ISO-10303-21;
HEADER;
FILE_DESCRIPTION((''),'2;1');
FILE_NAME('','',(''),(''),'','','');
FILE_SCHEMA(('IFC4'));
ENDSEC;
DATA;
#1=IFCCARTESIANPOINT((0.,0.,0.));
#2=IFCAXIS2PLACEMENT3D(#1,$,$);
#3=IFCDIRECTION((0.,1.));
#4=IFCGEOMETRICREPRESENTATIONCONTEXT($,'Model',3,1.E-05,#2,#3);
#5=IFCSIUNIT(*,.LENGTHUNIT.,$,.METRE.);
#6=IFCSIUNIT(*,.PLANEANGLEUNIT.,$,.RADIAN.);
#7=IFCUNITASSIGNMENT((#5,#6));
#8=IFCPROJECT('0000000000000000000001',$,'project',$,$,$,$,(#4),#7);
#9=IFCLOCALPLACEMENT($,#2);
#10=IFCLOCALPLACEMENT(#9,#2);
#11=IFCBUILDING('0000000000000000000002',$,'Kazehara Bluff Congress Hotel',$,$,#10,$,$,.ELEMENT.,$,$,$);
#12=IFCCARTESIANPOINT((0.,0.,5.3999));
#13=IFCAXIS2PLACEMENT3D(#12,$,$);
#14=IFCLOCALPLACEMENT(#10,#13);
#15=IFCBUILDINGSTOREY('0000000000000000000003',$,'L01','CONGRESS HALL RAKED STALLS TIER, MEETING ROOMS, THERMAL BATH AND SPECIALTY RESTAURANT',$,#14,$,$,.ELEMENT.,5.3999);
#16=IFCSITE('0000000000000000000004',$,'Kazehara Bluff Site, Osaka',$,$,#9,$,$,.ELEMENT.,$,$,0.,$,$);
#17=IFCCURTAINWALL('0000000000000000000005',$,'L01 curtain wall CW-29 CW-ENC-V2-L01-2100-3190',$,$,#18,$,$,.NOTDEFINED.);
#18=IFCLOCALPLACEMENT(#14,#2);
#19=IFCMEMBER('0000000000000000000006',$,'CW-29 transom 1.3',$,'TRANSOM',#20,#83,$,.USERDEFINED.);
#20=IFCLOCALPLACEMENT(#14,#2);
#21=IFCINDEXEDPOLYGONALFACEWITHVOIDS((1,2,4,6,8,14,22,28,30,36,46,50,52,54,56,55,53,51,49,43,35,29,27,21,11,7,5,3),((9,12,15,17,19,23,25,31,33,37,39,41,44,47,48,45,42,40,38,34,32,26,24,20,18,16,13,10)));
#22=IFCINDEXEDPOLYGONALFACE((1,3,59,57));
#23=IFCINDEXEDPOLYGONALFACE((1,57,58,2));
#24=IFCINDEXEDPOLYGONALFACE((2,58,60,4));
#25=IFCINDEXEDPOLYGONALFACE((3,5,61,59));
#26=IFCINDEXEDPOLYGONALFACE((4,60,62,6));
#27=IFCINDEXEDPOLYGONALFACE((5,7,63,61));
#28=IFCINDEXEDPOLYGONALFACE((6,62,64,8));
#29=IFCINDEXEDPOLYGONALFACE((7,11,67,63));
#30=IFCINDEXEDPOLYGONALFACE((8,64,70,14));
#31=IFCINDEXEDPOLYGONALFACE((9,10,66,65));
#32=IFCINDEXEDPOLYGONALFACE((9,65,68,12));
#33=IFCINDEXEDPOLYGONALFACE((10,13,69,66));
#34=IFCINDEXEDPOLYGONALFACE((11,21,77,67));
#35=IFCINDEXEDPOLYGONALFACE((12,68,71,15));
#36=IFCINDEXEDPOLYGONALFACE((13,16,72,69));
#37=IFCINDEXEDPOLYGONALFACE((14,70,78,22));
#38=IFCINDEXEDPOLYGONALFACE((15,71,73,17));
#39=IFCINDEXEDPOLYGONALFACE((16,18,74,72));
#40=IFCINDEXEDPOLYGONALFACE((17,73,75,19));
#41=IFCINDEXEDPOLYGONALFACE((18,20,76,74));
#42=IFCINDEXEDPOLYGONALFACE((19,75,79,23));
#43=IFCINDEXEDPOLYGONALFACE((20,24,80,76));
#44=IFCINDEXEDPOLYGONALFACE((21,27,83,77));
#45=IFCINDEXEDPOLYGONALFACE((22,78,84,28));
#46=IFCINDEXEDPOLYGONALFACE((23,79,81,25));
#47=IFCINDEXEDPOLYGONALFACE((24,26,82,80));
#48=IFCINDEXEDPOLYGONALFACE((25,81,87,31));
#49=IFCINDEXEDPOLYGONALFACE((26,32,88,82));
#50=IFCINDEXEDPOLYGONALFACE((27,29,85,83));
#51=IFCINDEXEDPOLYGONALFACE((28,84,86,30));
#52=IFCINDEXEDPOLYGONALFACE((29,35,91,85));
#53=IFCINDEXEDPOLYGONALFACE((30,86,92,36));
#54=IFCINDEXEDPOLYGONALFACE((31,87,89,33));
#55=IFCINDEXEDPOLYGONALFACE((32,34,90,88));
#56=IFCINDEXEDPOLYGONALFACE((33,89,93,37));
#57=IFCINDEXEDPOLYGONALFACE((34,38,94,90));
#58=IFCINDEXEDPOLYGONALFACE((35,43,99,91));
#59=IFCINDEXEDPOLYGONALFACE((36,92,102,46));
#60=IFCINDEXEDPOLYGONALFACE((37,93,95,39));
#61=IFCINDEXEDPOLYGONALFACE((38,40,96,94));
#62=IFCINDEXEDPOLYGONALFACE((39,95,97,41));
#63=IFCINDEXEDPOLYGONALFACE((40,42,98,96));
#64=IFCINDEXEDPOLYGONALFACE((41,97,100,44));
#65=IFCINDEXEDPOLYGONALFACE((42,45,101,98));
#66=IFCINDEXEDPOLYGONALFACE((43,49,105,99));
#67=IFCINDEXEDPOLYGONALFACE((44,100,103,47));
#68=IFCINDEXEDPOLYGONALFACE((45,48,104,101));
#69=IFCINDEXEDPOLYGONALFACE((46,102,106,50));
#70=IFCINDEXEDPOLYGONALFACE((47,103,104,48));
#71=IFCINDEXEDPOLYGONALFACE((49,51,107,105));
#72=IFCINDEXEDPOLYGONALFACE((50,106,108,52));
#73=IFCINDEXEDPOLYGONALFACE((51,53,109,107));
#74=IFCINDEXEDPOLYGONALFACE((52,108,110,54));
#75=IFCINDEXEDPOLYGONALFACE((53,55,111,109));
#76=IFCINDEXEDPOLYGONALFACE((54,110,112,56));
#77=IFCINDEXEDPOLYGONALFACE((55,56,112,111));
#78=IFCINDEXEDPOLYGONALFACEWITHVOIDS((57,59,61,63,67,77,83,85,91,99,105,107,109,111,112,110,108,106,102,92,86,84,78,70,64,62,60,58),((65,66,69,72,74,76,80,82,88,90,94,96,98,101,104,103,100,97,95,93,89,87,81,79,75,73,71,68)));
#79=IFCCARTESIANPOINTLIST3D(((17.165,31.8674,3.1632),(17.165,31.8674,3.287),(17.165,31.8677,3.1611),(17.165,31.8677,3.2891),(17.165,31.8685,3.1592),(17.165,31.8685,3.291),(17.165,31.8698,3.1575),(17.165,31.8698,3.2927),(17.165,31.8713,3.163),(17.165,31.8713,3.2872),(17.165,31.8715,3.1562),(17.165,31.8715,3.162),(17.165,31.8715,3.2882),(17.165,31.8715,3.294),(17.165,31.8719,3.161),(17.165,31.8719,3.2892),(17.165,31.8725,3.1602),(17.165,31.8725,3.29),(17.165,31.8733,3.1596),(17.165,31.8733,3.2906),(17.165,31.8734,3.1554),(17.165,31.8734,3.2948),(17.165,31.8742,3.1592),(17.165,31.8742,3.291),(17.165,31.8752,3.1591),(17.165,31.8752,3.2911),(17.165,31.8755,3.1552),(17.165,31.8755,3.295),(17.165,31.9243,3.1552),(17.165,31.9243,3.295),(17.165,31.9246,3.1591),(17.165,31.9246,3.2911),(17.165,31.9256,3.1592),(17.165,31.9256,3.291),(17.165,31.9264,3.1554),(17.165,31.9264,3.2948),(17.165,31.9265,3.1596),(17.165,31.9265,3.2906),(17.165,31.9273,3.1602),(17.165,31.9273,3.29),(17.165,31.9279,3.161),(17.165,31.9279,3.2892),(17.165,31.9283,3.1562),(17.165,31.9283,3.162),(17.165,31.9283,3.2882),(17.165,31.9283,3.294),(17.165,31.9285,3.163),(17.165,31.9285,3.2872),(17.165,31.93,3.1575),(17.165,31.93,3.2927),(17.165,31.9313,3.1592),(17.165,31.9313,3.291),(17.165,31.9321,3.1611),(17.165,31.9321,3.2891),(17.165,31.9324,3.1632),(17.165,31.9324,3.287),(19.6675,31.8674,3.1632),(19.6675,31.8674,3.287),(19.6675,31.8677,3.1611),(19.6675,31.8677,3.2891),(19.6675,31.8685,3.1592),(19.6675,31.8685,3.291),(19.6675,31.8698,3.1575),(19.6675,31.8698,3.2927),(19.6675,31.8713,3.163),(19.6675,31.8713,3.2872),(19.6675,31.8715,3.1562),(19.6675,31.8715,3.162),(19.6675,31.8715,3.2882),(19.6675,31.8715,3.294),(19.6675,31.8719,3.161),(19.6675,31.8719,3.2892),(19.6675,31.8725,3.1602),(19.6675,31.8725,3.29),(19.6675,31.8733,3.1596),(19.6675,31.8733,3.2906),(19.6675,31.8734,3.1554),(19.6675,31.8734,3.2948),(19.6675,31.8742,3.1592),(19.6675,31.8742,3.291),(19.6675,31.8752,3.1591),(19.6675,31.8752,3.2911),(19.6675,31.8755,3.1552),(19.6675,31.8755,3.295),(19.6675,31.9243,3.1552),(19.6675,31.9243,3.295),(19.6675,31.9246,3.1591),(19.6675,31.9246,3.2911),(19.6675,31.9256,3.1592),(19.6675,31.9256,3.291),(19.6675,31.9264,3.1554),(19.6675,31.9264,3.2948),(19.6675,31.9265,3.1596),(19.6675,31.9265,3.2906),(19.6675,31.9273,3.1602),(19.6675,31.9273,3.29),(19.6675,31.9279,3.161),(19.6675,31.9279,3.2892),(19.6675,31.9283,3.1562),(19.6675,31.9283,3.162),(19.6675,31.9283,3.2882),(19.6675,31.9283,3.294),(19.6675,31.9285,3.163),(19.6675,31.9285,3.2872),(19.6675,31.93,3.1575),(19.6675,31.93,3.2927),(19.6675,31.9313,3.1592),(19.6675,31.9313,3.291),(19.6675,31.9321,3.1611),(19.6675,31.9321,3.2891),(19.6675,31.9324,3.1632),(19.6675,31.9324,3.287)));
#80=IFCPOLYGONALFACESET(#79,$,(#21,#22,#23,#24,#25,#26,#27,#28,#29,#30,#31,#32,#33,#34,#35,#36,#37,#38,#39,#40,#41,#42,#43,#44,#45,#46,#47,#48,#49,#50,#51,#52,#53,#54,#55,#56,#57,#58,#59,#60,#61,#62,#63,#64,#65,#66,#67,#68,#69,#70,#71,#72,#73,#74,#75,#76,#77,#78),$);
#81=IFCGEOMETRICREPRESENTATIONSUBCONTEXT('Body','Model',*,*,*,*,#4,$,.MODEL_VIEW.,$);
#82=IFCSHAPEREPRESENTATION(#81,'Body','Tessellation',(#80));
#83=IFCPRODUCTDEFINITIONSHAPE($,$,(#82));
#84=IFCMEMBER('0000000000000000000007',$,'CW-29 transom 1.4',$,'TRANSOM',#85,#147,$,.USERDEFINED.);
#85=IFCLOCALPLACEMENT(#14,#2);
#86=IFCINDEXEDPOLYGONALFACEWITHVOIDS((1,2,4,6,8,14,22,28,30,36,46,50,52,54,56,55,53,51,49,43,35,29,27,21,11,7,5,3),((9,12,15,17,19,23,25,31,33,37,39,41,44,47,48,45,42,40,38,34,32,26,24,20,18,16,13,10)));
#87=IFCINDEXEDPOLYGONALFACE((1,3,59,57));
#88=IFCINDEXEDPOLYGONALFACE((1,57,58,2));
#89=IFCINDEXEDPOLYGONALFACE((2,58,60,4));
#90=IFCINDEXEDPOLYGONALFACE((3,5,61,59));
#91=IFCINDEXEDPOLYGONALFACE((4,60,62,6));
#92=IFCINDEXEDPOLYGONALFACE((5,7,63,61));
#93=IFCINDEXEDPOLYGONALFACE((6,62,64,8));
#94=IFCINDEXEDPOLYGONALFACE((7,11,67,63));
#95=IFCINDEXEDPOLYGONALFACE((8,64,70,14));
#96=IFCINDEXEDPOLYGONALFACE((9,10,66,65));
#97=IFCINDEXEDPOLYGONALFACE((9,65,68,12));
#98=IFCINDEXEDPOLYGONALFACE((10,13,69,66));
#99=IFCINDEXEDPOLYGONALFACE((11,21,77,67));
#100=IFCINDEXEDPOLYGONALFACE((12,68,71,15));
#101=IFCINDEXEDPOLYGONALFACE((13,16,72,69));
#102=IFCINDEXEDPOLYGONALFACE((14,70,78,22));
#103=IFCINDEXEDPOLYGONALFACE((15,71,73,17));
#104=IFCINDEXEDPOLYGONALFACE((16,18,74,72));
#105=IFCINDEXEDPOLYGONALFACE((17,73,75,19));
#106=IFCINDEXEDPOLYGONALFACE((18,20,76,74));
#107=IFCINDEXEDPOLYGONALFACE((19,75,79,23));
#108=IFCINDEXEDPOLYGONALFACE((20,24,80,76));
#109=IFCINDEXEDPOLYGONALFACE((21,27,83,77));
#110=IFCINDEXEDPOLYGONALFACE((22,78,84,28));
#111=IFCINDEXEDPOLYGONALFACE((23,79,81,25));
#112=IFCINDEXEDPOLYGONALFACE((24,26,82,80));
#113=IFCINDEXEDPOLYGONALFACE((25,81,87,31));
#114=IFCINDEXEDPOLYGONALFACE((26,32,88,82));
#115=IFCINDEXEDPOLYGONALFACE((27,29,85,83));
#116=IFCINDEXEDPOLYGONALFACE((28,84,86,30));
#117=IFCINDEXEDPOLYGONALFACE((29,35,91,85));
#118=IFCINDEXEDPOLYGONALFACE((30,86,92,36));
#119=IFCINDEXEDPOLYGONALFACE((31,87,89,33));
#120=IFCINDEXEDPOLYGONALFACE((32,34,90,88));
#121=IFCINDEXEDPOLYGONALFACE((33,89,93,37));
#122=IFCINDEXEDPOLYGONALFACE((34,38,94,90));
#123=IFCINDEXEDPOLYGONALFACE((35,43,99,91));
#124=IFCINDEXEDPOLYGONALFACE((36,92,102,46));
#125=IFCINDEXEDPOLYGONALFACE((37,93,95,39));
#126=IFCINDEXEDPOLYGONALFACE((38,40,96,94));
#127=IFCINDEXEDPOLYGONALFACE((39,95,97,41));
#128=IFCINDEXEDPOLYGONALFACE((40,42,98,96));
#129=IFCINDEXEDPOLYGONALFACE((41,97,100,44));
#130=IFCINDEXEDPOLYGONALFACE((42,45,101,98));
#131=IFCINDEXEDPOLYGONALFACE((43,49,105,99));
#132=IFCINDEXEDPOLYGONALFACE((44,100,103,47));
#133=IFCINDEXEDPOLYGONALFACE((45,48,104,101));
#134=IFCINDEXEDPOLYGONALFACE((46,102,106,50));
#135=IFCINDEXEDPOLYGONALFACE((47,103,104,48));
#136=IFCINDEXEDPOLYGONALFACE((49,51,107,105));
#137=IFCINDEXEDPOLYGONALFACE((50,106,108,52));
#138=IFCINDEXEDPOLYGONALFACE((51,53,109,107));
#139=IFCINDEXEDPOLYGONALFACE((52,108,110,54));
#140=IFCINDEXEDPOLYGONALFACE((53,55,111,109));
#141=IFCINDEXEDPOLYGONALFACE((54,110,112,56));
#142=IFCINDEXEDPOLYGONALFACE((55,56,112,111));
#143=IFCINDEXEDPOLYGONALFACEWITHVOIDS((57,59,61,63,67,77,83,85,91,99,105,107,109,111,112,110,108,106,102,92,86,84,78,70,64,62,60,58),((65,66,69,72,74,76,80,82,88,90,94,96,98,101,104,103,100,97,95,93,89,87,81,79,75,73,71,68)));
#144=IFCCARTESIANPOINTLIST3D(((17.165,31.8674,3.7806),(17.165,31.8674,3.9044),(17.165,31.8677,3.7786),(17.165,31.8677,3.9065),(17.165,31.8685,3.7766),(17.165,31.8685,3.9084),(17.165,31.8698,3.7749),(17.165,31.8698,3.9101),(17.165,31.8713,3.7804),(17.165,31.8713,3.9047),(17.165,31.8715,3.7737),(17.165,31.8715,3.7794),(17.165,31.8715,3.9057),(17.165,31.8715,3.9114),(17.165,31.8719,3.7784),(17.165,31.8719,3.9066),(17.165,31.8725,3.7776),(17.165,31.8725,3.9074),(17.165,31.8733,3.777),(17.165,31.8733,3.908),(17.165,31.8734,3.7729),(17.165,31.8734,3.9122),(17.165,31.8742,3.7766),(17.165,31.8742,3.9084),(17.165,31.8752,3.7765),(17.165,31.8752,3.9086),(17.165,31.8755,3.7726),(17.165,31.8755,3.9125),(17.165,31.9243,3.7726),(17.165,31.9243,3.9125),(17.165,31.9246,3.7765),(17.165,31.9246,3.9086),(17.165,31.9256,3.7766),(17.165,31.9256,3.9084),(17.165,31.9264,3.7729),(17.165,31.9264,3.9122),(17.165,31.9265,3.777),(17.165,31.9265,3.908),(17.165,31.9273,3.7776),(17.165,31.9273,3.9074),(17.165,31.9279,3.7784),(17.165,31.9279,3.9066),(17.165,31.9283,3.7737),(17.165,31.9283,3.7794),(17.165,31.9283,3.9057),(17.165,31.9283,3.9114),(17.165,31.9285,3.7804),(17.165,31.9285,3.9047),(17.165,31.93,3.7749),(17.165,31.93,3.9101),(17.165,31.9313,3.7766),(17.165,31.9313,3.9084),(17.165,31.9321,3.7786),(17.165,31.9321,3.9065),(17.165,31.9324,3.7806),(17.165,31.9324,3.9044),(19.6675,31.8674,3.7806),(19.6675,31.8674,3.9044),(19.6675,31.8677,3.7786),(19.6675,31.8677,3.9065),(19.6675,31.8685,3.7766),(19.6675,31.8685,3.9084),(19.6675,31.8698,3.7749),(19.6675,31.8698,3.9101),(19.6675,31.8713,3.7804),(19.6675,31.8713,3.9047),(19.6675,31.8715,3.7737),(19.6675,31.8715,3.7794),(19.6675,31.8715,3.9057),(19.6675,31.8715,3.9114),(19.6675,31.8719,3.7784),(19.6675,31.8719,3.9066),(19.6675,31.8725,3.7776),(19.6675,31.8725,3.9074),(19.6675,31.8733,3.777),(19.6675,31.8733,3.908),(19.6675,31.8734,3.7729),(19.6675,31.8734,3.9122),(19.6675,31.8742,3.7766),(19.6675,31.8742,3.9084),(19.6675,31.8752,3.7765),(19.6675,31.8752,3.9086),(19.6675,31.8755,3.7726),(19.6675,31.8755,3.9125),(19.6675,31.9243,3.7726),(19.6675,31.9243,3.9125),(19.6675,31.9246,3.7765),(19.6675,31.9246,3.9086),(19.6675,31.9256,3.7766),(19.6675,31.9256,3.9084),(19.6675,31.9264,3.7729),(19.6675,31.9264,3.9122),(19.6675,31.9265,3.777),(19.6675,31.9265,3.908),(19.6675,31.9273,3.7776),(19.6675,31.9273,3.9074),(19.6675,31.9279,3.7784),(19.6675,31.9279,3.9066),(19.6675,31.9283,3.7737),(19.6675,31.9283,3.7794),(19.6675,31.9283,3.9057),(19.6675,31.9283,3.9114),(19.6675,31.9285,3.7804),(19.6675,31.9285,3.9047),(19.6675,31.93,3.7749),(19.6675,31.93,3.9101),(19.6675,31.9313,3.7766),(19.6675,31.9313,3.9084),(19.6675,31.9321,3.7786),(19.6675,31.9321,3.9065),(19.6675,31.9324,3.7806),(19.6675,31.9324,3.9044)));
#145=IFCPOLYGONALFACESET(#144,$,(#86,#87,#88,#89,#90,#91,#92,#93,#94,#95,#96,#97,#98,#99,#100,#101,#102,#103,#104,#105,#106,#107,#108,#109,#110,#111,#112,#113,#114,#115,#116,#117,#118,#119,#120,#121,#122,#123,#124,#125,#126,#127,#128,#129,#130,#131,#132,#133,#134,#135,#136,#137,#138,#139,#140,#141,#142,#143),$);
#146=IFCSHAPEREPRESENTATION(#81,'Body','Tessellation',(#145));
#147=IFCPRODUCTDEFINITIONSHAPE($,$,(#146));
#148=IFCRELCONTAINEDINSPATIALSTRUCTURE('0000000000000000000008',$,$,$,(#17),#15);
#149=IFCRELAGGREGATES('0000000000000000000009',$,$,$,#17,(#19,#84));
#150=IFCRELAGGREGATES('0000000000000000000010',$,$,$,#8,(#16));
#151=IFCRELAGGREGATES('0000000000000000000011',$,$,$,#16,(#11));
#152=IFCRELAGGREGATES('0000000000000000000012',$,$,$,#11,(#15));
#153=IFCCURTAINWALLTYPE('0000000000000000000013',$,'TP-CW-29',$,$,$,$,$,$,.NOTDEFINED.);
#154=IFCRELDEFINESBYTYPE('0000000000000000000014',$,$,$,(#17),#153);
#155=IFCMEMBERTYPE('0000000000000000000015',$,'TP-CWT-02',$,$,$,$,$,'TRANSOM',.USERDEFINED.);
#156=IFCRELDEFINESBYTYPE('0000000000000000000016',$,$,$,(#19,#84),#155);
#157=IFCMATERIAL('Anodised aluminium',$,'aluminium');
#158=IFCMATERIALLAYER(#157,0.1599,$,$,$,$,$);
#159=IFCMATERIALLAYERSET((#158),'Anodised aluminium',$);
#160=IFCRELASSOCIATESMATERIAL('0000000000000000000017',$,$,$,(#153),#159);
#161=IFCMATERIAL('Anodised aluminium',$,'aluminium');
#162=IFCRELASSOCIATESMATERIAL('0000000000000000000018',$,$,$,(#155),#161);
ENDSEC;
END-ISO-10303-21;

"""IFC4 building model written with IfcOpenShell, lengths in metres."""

from ifc_helpers import new_model, si_unit, direction, frame, origin, origin_2d, place, context, subcontext, project, spatial, hollow_rectangle, extrude, material, layer, layer_set, material_profile, profile_set, type_object, element, aggregate, save


model = new_model("IFC4")

# Units and contexts
model_context = context("Model", 3, precision=1e-05, world=origin(), true_north=direction((0.0, 1.0)))
body_context = subcontext(model_context, "Body", "Model", "MODEL_VIEW")
ifc_project = project(units=[si_unit("LENGTHUNIT", "METRE"), si_unit("PLANEANGLEUNIT", "RADIAN")], contexts=[model_context])

# Site, building, storey
site_placement = place(None, origin())
site = spatial("IfcSite", under=ifc_project, at=site_placement, Name="Kazehara Bluff Site, Osaka", CompositionType="ELEMENT", RefElevation=0.0)
building_placement = place(site_placement, origin())
building = spatial("IfcBuilding", under=site, at=building_placement, Name="Kazehara Bluff Congress Hotel", CompositionType="ELEMENT")
storey_placement = place(building_placement, frame((0.0, 0.0, 5.3999)))
storey = spatial("IfcBuildingStorey", under=building, at=storey_placement, Name="L01", Description="CONGRESS HALL RAKED STALLS TIER, MEETING ROOMS, THERMAL BATH AND SPECIALTY RESTAURANT", CompositionType="ELEMENT", Elevation=5.3999)

# Curtain wall, members
ifc_material_1 = material(Name="Anodised aluminium", Category="aluminium")
ifc_layer_1 = layer(ifc_material_1, 0.1599)
ifc_layer_set_1 = layer_set([ifc_layer_1], Name="Anodised aluminium")
curtain_wall_type = type_object("IfcCurtainWallType", Name="TP-CW-29", PredefinedType="NOTDEFINED", material=ifc_layer_set_1)
curtain_wall_placement = place(storey_placement, origin())
curtain_wall = element("IfcCurtainWall", 1, at=curtain_wall_placement, inside=storey, type_object=curtain_wall_type, Name="L01 curtain wall CW-29 CW-ENC-V2-L01-2100-3190", PredefinedType="NOTDEFINED")
ifc_material_2 = material(Name="Anodised aluminium", Category="aluminium")
ifc_material_profile_1 = material_profile(ifc_material_2, hollow_rectangle(XDim=0.0649, YDim=0.1399, WallThickness=0.0039, InnerFilletRadius=0.0039, OuterFilletRadius=0.0081, at=origin_2d()))
ifc_profile_set_1 = profile_set([ifc_material_profile_1], Name="Anodised aluminium")
member_type_1 = type_object("IfcMemberType", Name="TP-CWT-02", ElementType="TRANSOM", PredefinedType="USERDEFINED", material=ifc_profile_set_1)
member_1_placement = place(storey_placement, frame((17.165, 31.8999, 3.2251), z_axis=(1.0, 0.0, 0.0), x_axis=(0.0, 1.0, 0.0)))
member_1 = element("IfcMember", 2, at=member_1_placement, type_object=member_type_1, Name="CW-29 transom 1.3", ObjectType="TRANSOM", PredefinedType="USERDEFINED", context=body_context, shape_type="SweptSolid", body=[
    extrude(hollow_rectangle(XDim=0.0649, YDim=0.1399, WallThickness=0.0039, InnerFilletRadius=0.0039, OuterFilletRadius=0.0081, at=origin_2d()), origin(), (0.0, 0.0, 1.0), 2.5024),
])
member_2_placement = place(storey_placement, frame((17.165, 31.8999, 3.8425), z_axis=(1.0, 0.0, 0.0), x_axis=(0.0, 1.0, 0.0)))
member_2 = element("IfcMember", 3, at=member_2_placement, type_object=member_type_1, Name="CW-29 transom 1.4", ObjectType="TRANSOM", PredefinedType="USERDEFINED", context=body_context, shape_type="SweptSolid", body=[
    extrude(hollow_rectangle(XDim=0.0649, YDim=0.1399, WallThickness=0.0039, InnerFilletRadius=0.0039, OuterFilletRadius=0.0081, at=origin_2d()), origin(), (0.0, 0.0, 1.0), 2.5024),
])

aggregate(curtain_wall, [member_1, member_2])

save(model, "model.ifc")
